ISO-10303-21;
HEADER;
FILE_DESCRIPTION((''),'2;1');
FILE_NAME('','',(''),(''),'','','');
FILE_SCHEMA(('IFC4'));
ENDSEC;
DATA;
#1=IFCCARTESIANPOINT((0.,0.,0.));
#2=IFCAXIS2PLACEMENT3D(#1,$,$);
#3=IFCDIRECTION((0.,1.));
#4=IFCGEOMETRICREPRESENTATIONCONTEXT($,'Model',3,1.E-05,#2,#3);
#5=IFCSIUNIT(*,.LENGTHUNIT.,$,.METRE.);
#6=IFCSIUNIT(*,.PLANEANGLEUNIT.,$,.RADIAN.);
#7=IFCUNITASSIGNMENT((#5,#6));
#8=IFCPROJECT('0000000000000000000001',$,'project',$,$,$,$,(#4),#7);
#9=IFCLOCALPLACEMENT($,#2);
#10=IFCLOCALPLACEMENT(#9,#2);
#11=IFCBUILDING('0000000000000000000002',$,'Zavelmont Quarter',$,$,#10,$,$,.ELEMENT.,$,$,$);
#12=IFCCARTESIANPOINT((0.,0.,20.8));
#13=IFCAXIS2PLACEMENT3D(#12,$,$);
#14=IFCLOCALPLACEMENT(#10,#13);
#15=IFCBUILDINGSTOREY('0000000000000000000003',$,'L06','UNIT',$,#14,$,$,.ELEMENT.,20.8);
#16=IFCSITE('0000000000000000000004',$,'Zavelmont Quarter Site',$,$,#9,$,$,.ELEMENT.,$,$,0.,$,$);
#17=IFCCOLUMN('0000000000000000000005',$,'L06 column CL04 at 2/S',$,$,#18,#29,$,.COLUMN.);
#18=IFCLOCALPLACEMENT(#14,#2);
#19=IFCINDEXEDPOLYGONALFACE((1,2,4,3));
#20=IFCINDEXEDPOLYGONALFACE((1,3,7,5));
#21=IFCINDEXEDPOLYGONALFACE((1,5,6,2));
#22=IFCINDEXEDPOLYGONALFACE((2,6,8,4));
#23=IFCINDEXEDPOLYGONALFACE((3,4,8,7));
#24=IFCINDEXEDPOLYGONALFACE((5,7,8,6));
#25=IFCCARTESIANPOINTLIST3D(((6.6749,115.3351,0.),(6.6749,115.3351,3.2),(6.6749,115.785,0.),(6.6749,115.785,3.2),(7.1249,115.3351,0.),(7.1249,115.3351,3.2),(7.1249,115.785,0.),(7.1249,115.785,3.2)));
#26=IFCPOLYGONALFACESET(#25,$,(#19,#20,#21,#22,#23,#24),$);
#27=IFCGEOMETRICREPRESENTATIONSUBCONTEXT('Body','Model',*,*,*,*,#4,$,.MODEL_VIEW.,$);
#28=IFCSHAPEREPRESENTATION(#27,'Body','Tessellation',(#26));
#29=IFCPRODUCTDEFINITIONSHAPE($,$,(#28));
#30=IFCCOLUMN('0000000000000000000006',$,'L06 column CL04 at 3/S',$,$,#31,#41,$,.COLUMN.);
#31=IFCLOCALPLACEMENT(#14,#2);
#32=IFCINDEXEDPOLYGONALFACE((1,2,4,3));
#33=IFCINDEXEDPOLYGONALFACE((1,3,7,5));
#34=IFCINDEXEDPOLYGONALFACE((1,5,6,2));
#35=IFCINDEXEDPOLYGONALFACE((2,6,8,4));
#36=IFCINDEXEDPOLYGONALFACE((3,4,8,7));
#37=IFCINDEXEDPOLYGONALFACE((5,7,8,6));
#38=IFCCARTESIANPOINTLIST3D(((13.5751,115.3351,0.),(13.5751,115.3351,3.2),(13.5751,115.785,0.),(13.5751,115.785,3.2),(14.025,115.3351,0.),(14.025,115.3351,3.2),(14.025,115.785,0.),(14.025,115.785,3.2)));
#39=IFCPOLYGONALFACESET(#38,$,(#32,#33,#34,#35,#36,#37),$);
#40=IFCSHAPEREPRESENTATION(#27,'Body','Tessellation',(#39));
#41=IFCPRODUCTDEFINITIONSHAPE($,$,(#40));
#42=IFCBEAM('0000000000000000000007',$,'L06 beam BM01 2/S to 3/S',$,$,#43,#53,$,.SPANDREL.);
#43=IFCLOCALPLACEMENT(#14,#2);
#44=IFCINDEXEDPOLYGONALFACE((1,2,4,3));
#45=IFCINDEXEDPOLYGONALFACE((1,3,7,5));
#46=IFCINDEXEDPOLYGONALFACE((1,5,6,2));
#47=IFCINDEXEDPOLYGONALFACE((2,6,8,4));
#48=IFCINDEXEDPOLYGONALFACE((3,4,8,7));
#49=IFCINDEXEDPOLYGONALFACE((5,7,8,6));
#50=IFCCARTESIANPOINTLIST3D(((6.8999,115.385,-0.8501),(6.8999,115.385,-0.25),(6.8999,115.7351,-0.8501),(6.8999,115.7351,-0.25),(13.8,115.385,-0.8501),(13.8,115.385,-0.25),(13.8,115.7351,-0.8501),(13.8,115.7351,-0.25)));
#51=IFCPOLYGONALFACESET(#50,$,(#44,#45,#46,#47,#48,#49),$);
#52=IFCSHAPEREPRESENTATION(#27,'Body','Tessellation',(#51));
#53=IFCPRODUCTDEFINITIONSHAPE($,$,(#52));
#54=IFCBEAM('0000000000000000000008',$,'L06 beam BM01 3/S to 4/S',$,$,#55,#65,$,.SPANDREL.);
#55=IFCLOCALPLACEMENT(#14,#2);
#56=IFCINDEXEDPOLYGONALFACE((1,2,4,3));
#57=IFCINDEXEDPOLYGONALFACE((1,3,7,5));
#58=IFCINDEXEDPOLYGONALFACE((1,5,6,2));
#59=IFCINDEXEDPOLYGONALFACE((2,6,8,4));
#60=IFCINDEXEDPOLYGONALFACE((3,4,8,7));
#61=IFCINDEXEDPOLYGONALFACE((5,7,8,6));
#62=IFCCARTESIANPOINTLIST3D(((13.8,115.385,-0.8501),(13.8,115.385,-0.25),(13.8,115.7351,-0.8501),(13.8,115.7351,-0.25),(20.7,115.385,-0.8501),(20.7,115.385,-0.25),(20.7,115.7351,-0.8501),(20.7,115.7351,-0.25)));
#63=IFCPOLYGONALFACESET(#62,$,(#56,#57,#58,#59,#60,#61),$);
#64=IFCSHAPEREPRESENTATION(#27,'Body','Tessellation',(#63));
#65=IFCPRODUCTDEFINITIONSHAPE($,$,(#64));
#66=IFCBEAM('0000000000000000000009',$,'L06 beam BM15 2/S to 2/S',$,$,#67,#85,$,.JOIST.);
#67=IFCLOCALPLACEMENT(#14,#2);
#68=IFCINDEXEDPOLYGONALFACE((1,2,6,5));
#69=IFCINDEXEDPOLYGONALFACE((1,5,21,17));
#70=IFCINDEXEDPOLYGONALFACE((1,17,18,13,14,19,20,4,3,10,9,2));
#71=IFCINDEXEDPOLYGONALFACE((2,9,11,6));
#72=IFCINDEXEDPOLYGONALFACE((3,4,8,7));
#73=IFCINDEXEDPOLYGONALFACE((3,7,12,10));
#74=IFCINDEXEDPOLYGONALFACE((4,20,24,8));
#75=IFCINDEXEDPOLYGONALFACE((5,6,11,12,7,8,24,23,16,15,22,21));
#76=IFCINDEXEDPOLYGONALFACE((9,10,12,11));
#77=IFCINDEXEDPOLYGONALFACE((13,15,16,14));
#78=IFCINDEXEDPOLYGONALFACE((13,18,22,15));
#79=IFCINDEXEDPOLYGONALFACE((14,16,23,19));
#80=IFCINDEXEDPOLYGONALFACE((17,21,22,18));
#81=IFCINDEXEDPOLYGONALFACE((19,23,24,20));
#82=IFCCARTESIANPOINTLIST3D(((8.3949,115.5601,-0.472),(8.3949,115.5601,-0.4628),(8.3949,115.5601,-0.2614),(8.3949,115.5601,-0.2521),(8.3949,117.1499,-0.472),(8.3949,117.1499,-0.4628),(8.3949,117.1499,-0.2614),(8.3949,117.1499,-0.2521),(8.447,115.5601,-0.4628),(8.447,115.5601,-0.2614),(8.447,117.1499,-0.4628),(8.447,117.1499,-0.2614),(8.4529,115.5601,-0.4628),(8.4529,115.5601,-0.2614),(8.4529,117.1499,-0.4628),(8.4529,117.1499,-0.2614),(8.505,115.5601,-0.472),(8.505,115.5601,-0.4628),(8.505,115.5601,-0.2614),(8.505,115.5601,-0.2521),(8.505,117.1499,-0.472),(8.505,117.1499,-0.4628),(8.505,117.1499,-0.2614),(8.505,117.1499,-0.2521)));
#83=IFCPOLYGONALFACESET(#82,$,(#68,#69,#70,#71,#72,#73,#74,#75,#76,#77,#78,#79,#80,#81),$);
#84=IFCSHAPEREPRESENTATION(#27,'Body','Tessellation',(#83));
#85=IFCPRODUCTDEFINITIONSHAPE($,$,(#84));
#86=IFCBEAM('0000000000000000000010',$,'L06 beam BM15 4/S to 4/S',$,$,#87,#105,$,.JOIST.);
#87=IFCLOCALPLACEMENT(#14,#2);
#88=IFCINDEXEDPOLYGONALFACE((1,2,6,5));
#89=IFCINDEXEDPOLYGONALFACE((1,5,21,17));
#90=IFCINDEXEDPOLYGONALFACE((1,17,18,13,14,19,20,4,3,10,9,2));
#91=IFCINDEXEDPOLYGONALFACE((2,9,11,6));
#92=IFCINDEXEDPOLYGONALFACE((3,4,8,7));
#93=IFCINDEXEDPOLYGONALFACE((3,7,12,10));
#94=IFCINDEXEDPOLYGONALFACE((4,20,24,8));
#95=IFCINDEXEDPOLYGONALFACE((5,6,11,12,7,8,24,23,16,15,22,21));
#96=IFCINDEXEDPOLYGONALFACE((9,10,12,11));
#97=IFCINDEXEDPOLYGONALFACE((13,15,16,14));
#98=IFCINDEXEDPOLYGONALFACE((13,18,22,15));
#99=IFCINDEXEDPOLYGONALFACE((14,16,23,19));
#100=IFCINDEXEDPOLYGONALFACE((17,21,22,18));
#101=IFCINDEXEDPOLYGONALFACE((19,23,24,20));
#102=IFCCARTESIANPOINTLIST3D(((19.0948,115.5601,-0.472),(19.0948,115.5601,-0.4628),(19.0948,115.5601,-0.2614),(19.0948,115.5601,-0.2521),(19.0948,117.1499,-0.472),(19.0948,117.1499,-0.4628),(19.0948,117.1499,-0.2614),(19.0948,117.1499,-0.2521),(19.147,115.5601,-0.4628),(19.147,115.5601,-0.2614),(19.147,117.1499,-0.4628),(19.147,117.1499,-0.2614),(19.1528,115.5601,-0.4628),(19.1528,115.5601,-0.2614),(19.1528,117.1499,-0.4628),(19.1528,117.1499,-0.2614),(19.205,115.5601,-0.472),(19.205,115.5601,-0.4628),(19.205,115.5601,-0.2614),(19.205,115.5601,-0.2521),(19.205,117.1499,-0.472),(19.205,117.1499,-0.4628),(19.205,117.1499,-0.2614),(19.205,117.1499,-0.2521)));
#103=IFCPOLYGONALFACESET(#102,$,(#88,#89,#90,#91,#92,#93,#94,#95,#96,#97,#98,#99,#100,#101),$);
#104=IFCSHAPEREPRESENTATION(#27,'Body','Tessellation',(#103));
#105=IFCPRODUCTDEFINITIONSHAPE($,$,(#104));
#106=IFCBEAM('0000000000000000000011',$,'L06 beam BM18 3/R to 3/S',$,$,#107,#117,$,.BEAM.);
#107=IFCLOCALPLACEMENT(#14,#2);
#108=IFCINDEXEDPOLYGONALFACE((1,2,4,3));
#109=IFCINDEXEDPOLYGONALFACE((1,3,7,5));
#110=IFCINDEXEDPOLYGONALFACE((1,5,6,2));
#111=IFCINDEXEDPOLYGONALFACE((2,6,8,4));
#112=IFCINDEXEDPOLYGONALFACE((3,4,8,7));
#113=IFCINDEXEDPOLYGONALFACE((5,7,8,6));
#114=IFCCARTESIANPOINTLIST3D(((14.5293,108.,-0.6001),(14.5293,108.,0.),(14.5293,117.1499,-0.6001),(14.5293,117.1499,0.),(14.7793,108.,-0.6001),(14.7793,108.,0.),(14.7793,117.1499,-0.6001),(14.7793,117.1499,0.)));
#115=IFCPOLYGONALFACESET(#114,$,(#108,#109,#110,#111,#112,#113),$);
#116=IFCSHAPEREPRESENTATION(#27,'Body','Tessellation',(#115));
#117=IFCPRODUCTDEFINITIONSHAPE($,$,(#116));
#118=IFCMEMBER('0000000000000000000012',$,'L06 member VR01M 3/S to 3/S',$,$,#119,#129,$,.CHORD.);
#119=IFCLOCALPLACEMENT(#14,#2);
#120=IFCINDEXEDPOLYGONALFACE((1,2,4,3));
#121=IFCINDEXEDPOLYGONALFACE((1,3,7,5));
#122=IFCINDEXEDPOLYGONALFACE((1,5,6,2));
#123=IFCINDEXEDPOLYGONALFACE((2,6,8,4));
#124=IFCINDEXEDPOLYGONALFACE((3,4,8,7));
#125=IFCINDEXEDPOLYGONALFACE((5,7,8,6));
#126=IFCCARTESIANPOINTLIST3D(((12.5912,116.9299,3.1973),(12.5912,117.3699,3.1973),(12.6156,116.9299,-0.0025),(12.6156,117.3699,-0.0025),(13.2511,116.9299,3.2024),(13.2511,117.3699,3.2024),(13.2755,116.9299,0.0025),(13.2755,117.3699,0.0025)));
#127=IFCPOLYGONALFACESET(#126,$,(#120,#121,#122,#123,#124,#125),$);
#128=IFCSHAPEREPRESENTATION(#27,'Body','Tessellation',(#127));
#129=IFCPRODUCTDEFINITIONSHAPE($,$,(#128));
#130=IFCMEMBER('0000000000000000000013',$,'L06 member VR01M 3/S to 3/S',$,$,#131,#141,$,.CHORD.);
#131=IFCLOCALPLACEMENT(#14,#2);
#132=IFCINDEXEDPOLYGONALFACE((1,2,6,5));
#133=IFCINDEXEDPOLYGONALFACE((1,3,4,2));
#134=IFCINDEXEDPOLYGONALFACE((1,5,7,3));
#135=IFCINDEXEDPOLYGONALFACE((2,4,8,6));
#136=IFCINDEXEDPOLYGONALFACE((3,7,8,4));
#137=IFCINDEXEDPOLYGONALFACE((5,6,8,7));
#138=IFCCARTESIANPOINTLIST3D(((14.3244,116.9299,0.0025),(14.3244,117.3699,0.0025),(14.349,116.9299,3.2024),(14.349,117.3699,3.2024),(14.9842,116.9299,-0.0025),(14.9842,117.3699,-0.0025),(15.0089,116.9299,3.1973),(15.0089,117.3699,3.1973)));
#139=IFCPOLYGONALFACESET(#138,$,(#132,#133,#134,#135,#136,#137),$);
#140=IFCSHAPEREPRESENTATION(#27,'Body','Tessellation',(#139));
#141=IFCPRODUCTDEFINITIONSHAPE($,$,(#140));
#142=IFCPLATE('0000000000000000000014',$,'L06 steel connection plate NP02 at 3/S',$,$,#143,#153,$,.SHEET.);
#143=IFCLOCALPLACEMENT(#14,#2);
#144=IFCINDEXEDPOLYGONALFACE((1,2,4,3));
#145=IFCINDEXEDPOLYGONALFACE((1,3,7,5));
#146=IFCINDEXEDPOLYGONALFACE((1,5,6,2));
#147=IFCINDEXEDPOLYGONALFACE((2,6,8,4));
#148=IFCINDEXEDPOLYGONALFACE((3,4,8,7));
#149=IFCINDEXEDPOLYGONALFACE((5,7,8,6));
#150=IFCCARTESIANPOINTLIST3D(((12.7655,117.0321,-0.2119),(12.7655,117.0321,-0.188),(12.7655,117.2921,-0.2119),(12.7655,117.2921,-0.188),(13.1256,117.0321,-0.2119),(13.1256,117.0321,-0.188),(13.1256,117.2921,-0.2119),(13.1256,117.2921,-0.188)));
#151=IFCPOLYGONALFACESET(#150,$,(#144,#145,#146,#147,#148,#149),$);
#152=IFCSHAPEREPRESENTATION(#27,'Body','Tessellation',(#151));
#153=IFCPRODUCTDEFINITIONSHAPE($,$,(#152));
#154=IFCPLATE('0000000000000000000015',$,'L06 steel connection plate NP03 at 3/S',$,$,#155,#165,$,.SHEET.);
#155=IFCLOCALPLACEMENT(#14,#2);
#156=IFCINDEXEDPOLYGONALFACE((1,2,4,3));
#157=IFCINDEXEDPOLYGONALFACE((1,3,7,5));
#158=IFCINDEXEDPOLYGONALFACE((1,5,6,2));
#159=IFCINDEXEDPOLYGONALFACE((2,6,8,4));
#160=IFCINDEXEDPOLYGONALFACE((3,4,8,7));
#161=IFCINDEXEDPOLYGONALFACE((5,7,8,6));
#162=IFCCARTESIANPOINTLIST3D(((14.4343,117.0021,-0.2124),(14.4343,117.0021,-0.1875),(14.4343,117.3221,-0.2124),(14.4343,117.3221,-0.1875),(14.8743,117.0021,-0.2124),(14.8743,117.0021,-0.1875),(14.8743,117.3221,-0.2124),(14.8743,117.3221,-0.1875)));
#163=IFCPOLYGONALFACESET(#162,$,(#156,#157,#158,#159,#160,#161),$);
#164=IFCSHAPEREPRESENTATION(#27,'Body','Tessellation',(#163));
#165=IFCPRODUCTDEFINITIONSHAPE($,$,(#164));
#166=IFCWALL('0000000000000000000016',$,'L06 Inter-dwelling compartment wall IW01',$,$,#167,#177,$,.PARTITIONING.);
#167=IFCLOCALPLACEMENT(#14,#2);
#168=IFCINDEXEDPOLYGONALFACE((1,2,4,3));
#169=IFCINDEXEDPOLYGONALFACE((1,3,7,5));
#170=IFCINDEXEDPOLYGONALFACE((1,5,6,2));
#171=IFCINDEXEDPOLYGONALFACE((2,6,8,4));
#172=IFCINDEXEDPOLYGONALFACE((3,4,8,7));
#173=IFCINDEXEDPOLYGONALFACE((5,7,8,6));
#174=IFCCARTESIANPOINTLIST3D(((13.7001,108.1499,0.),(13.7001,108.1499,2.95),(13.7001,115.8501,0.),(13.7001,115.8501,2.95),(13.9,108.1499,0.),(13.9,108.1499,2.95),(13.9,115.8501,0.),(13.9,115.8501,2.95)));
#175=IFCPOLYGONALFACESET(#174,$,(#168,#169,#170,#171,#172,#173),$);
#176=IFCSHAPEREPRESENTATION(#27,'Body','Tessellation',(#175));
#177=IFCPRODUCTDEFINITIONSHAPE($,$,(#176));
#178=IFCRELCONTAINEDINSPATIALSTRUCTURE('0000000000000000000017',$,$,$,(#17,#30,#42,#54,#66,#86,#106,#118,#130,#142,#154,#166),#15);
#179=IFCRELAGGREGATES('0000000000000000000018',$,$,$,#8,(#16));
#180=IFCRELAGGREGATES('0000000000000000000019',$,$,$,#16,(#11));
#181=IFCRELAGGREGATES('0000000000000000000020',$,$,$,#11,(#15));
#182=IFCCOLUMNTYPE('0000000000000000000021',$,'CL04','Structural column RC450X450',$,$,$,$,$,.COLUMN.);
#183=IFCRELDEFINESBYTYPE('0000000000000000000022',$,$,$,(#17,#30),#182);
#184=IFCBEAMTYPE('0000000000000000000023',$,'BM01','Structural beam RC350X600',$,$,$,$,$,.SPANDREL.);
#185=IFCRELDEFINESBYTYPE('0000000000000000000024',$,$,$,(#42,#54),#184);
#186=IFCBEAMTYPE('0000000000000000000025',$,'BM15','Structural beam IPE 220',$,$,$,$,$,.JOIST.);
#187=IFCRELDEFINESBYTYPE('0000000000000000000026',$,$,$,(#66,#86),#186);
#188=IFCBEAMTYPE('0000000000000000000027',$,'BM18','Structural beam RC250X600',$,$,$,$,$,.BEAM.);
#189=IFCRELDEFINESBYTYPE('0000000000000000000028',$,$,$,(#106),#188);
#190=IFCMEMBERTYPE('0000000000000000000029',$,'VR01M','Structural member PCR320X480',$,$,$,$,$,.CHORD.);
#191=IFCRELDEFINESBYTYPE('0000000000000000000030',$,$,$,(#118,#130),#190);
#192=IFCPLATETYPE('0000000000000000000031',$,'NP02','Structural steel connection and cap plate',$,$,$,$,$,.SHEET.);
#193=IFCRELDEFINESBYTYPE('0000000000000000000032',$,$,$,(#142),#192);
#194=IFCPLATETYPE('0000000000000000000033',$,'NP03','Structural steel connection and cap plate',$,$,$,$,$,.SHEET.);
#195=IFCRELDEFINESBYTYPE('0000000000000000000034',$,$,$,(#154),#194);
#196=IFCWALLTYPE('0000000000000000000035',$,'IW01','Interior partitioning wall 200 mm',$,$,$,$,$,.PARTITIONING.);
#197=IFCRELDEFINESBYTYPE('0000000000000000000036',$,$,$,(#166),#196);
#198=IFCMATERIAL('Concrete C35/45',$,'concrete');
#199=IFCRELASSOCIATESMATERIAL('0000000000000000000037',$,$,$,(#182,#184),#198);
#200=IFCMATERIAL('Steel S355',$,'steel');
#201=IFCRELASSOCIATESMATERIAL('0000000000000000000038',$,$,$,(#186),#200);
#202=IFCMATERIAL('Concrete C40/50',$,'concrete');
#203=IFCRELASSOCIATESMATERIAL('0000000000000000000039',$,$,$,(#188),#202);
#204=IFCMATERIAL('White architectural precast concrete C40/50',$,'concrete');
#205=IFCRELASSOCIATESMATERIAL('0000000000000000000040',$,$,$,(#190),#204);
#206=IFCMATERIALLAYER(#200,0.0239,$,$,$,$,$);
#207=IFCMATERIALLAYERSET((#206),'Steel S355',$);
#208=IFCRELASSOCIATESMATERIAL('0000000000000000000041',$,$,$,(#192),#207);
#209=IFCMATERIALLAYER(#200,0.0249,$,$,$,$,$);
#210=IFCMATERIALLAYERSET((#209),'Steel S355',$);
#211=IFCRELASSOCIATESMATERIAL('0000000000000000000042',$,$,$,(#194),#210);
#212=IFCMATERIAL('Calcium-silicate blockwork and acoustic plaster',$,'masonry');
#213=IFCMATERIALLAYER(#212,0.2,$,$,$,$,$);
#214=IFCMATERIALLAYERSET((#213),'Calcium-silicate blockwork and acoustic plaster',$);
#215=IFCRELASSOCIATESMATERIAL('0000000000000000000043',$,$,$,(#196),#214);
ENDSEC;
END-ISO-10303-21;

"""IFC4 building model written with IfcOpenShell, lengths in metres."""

from ifc_helpers import new_model, si_unit, direction, frame, frame_2d, origin, origin_2d, place, context, subcontext, project, spatial, rectangle, i_section, extrude, material, layer, layer_set, material_profile, profile_set, type_object, element, save


model = new_model("IFC4")

# Units and contexts
model_context = context("Model", 3, precision=1e-05, world=origin(), true_north=direction((0.0, 1.0)))
body_context = subcontext(model_context, "Body", "Model", "MODEL_VIEW")
ifc_project = project(units=[si_unit("LENGTHUNIT", "METRE"), si_unit("PLANEANGLEUNIT", "RADIAN")], contexts=[model_context])

# Site, building, storey
site_placement = place(None, origin())
site = spatial("IfcSite", under=ifc_project, at=site_placement, Name="Zavelmont Quarter Site", CompositionType="ELEMENT", RefElevation=0.0)
building_placement = place(site_placement, origin())
building = spatial("IfcBuilding", under=site, at=building_placement, Name="Zavelmont Quarter", CompositionType="ELEMENT")
storey_placement = place(building_placement, frame((0.0, 0.0, 20.8)))
storey = spatial("IfcBuildingStorey", under=building, at=storey_placement, Name="L06", Description="UNIT", CompositionType="ELEMENT", Elevation=20.8)

# Columns
ifc_material_1 = material(Name="Concrete C35/45", Category="concrete")
ifc_material_profile_1 = material_profile(ifc_material_1, rectangle(XDim=0.45, YDim=0.45, at=origin_2d()), Name="RC450X450")
ifc_profile_set_1 = profile_set([ifc_material_profile_1], Name="Concrete C35/45")
column_type = type_object("IfcColumnType", Name="CL04", Description="Structural column RC450X450", PredefinedType="COLUMN", material=ifc_profile_set_1)
for number, where, z_axis, x_axis, name in (
    (1, (6.8999, 115.5601, 0.0), (0.0, 0.0, 1.0), (1.0, 0.0, 0.0), "L06 column CL04 at 2/S"),
    (2, (13.8, 115.5601, 0.0), (0.0, 0.0, 1.0), (1.0, 0.0, 0.0), "L06 column CL04 at 3/S"),
):
    element("IfcColumn", number, at=place(storey_placement, frame(where, z_axis=z_axis, x_axis=x_axis)), inside=storey, type_object=column_type, Name=name, PredefinedType="COLUMN", context=body_context, shape_type="SweptSolid", body=[
        extrude(rectangle(XDim=0.45, YDim=0.45, at=origin_2d()), origin(), (0.0, 0.0, 1.0), 3.2),
    ])

# Beams
ifc_material_profile_2 = material_profile(ifc_material_1, rectangle(XDim=0.3501, YDim=0.6001, at=origin_2d()), Name="RC350X600")
ifc_profile_set_2 = profile_set([ifc_material_profile_2], Name="Concrete C35/45")
beam_type_1 = type_object("IfcBeamType", Name="BM01", Description="Structural beam RC350X600", PredefinedType="SPANDREL", material=ifc_profile_set_2)
beam_1_placement = place(storey_placement, frame((6.8999, 115.5601, -0.55), z_axis=(1.0, 0.0, 0.0), x_axis=(0.0, 1.0, 0.0)))
element("IfcBeam", 3, at=beam_1_placement, inside=storey, type_object=beam_type_1, Name="L06 beam BM01 2/S to 3/S", PredefinedType="SPANDREL", context=body_context, shape_type="SweptSolid", body=[
    extrude(rectangle(XDim=0.3501, YDim=0.6001, at=origin_2d()), origin(), (0.0, 0.0, 1.0), 6.9001),
])
beam_2_placement = place(storey_placement, frame((13.8, 115.5601, -0.55), z_axis=(1.0, 0.0, 0.0), x_axis=(0.0, 1.0, 0.0)))
element("IfcBeam", 4, at=beam_2_placement, inside=storey, type_object=beam_type_1, Name="L06 beam BM01 3/S to 4/S", PredefinedType="SPANDREL", context=body_context, shape_type="SweptSolid", body=[
    extrude(rectangle(XDim=0.3501, YDim=0.6001, at=origin_2d()), origin(), (0.0, 0.0, 1.0), 6.8999),
])
ifc_material_2 = material(Name="Steel S355", Category="steel")
ifc_material_profile_3 = material_profile(ifc_material_2, i_section(OverallWidth=0.1101, OverallDepth=0.22, WebThickness=0.0059, FlangeThickness=0.0093, at=origin_2d()), Name="IPE 220")
ifc_profile_set_3 = profile_set([ifc_material_profile_3], Name="Steel S355")
beam_type_2 = type_object("IfcBeamType", Name="BM15", Description="Structural beam IPE 220", PredefinedType="JOIST", material=ifc_profile_set_3)
for number, where, z_axis, x_axis, name in (
    (5, (8.45, 115.5601, -0.3621), (0.0, 1.0, 0.0), (-1.0, 0.0, 0.0), "L06 beam BM15 2/S to 2/S"),
    (6, (19.1499, 115.5601, -0.3621), (0.0, 1.0, 0.0), (-1.0, 0.0, 0.0), "L06 beam BM15 4/S to 4/S"),
):
    element("IfcBeam", number, at=place(storey_placement, frame(where, z_axis=z_axis, x_axis=x_axis)), inside=storey, type_object=beam_type_2, Name=name, PredefinedType="JOIST", context=body_context, shape_type="SweptSolid", body=[
        extrude(i_section(OverallWidth=0.1101, OverallDepth=0.22, WebThickness=0.0059, FlangeThickness=0.0093, at=origin_2d()), origin(), (0.0, 0.0, 1.0), 1.5898),
    ])
ifc_material_3 = material(Name="Concrete C40/50", Category="concrete")
ifc_material_profile_4 = material_profile(ifc_material_3, rectangle(XDim=0.25, YDim=0.6001, at=origin_2d()), Name="RC250X600")
ifc_profile_set_4 = profile_set([ifc_material_profile_4], Name="Concrete C40/50")
beam_type_3 = type_object("IfcBeamType", Name="BM18", Description="Structural beam RC250X600", PredefinedType="BEAM", material=ifc_profile_set_4)
beam_3_placement = place(storey_placement, frame((14.6543, 108.0, -0.3), z_axis=(0.0, 1.0, 0.0), x_axis=(-1.0, 0.0, 0.0)))
element("IfcBeam", 7, at=beam_3_placement, inside=storey, type_object=beam_type_3, Name="L06 beam BM18 3/R to 3/S", PredefinedType="BEAM", context=body_context, shape_type="SweptSolid", body=[
    extrude(rectangle(XDim=0.25, YDim=0.6001, at=origin_2d()), origin(), (0.0, 0.0, 1.0), 9.1499),
])

# Members
ifc_material_4 = material(Name="White architectural precast concrete C40/50", Category="concrete")
ifc_material_profile_5 = material_profile(ifc_material_4, rectangle(XDim=0.4399, YDim=0.6599, at=origin_2d()), Name="PCR320X480")
ifc_profile_set_5 = profile_set([ifc_material_profile_5], Name="White architectural precast concrete C40/50")
member_type = type_object("IfcMemberType", Name="VR01M", Description="Structural member PCR320X480", PredefinedType="CHORD", material=ifc_profile_set_5)
for number, where, z_axis, x_axis, name in (
    (8, (12.9456, 117.1499, 0.0), (-0.007629, 0.0, 0.999971), (0.0, -1.0, 0.0), "L06 member VR01M 3/S to 3/S"),
    (9, (14.6543, 117.1499, 0.0), (0.007706, 0.0, 0.99997), (0.0, 1.0, 0.0), "L06 member VR01M 3/S to 3/S"),
):
    element("IfcMember", number, at=place(storey_placement, frame(where, z_axis=z_axis, x_axis=x_axis)), inside=storey, type_object=member_type, Name=name, PredefinedType="CHORD", context=body_context, shape_type="SweptSolid", body=[
        extrude(rectangle(XDim=0.4399, YDim=0.6599, at=origin_2d()), origin(), (0.0, 0.0, 1.0), 3.2),
    ])

# Plates
ifc_layer_1 = layer(ifc_material_2, 0.0239)
ifc_layer_set_1 = layer_set([ifc_layer_1], Name="Steel S355")
plate_type_1 = type_object("IfcPlateType", Name="NP02", Description="Structural steel connection and cap plate", PredefinedType="SHEET", material=ifc_layer_set_1)
plate_1_placement = place(storey_placement, frame((12.9456, 117.1621, -0.2119), z_axis=(0.0, 0.0, 1.0), x_axis=(1.0, 0.0, 0.0)))
element("IfcPlate", 10, at=plate_1_placement, inside=storey, type_object=plate_type_1, Name="L06 steel connection plate NP02 at 3/S", PredefinedType="SHEET", context=body_context, shape_type="SweptSolid", body=[
    extrude(rectangle(XDim=0.3601, YDim=0.26, at=origin_2d()), origin(), (0.0, 0.0, 1.0), 0.0239),
])
ifc_layer_2 = layer(ifc_material_2, 0.0249)
ifc_layer_set_2 = layer_set([ifc_layer_2], Name="Steel S355")
plate_type_2 = type_object("IfcPlateType", Name="NP03", Description="Structural steel connection and cap plate", PredefinedType="SHEET", material=ifc_layer_set_2)
plate_2_placement = place(storey_placement, frame((14.6543, 117.1621, -0.2124), z_axis=(0.0, 0.0, 1.0), x_axis=(1.0, 0.0, 0.0)))
element("IfcPlate", 11, at=plate_2_placement, inside=storey, type_object=plate_type_2, Name="L06 steel connection plate NP03 at 3/S", PredefinedType="SHEET", context=body_context, shape_type="SweptSolid", body=[
    extrude(rectangle(XDim=0.4399, YDim=0.3201, at=origin_2d()), origin(), (0.0, 0.0, 1.0), 0.0249),
])

# Wall
ifc_material_5 = material(Name="Calcium-silicate blockwork and acoustic plaster", Category="masonry")
ifc_layer_3 = layer(ifc_material_5, 0.2)
ifc_layer_set_3 = layer_set([ifc_layer_3], Name="Calcium-silicate blockwork and acoustic plaster")
wall_type_1 = type_object("IfcWallType", Name="IW01", Description="Interior partitioning wall 200 mm", PredefinedType="PARTITIONING", material=ifc_layer_set_3)
wall_1_placement = place(storey_placement, frame((13.8, 108.1499, 0.0), z_axis=(0.0, 0.0, 1.0), x_axis=(0.0, 1.0, 0.0)))
element("IfcWall", 12, at=wall_1_placement, inside=storey, type_object=wall_type_1, Name="L06 Inter-dwelling compartment wall IW01", PredefinedType="PARTITIONING", context=body_context, shape_type="SweptSolid", body=[
    extrude(rectangle(XDim=7.7002, YDim=0.2, at=frame_2d((3.8501, 0.0))), origin(), (0.0, 0.0, 1.0), 2.95),
])

save(model, "model.ifc")
